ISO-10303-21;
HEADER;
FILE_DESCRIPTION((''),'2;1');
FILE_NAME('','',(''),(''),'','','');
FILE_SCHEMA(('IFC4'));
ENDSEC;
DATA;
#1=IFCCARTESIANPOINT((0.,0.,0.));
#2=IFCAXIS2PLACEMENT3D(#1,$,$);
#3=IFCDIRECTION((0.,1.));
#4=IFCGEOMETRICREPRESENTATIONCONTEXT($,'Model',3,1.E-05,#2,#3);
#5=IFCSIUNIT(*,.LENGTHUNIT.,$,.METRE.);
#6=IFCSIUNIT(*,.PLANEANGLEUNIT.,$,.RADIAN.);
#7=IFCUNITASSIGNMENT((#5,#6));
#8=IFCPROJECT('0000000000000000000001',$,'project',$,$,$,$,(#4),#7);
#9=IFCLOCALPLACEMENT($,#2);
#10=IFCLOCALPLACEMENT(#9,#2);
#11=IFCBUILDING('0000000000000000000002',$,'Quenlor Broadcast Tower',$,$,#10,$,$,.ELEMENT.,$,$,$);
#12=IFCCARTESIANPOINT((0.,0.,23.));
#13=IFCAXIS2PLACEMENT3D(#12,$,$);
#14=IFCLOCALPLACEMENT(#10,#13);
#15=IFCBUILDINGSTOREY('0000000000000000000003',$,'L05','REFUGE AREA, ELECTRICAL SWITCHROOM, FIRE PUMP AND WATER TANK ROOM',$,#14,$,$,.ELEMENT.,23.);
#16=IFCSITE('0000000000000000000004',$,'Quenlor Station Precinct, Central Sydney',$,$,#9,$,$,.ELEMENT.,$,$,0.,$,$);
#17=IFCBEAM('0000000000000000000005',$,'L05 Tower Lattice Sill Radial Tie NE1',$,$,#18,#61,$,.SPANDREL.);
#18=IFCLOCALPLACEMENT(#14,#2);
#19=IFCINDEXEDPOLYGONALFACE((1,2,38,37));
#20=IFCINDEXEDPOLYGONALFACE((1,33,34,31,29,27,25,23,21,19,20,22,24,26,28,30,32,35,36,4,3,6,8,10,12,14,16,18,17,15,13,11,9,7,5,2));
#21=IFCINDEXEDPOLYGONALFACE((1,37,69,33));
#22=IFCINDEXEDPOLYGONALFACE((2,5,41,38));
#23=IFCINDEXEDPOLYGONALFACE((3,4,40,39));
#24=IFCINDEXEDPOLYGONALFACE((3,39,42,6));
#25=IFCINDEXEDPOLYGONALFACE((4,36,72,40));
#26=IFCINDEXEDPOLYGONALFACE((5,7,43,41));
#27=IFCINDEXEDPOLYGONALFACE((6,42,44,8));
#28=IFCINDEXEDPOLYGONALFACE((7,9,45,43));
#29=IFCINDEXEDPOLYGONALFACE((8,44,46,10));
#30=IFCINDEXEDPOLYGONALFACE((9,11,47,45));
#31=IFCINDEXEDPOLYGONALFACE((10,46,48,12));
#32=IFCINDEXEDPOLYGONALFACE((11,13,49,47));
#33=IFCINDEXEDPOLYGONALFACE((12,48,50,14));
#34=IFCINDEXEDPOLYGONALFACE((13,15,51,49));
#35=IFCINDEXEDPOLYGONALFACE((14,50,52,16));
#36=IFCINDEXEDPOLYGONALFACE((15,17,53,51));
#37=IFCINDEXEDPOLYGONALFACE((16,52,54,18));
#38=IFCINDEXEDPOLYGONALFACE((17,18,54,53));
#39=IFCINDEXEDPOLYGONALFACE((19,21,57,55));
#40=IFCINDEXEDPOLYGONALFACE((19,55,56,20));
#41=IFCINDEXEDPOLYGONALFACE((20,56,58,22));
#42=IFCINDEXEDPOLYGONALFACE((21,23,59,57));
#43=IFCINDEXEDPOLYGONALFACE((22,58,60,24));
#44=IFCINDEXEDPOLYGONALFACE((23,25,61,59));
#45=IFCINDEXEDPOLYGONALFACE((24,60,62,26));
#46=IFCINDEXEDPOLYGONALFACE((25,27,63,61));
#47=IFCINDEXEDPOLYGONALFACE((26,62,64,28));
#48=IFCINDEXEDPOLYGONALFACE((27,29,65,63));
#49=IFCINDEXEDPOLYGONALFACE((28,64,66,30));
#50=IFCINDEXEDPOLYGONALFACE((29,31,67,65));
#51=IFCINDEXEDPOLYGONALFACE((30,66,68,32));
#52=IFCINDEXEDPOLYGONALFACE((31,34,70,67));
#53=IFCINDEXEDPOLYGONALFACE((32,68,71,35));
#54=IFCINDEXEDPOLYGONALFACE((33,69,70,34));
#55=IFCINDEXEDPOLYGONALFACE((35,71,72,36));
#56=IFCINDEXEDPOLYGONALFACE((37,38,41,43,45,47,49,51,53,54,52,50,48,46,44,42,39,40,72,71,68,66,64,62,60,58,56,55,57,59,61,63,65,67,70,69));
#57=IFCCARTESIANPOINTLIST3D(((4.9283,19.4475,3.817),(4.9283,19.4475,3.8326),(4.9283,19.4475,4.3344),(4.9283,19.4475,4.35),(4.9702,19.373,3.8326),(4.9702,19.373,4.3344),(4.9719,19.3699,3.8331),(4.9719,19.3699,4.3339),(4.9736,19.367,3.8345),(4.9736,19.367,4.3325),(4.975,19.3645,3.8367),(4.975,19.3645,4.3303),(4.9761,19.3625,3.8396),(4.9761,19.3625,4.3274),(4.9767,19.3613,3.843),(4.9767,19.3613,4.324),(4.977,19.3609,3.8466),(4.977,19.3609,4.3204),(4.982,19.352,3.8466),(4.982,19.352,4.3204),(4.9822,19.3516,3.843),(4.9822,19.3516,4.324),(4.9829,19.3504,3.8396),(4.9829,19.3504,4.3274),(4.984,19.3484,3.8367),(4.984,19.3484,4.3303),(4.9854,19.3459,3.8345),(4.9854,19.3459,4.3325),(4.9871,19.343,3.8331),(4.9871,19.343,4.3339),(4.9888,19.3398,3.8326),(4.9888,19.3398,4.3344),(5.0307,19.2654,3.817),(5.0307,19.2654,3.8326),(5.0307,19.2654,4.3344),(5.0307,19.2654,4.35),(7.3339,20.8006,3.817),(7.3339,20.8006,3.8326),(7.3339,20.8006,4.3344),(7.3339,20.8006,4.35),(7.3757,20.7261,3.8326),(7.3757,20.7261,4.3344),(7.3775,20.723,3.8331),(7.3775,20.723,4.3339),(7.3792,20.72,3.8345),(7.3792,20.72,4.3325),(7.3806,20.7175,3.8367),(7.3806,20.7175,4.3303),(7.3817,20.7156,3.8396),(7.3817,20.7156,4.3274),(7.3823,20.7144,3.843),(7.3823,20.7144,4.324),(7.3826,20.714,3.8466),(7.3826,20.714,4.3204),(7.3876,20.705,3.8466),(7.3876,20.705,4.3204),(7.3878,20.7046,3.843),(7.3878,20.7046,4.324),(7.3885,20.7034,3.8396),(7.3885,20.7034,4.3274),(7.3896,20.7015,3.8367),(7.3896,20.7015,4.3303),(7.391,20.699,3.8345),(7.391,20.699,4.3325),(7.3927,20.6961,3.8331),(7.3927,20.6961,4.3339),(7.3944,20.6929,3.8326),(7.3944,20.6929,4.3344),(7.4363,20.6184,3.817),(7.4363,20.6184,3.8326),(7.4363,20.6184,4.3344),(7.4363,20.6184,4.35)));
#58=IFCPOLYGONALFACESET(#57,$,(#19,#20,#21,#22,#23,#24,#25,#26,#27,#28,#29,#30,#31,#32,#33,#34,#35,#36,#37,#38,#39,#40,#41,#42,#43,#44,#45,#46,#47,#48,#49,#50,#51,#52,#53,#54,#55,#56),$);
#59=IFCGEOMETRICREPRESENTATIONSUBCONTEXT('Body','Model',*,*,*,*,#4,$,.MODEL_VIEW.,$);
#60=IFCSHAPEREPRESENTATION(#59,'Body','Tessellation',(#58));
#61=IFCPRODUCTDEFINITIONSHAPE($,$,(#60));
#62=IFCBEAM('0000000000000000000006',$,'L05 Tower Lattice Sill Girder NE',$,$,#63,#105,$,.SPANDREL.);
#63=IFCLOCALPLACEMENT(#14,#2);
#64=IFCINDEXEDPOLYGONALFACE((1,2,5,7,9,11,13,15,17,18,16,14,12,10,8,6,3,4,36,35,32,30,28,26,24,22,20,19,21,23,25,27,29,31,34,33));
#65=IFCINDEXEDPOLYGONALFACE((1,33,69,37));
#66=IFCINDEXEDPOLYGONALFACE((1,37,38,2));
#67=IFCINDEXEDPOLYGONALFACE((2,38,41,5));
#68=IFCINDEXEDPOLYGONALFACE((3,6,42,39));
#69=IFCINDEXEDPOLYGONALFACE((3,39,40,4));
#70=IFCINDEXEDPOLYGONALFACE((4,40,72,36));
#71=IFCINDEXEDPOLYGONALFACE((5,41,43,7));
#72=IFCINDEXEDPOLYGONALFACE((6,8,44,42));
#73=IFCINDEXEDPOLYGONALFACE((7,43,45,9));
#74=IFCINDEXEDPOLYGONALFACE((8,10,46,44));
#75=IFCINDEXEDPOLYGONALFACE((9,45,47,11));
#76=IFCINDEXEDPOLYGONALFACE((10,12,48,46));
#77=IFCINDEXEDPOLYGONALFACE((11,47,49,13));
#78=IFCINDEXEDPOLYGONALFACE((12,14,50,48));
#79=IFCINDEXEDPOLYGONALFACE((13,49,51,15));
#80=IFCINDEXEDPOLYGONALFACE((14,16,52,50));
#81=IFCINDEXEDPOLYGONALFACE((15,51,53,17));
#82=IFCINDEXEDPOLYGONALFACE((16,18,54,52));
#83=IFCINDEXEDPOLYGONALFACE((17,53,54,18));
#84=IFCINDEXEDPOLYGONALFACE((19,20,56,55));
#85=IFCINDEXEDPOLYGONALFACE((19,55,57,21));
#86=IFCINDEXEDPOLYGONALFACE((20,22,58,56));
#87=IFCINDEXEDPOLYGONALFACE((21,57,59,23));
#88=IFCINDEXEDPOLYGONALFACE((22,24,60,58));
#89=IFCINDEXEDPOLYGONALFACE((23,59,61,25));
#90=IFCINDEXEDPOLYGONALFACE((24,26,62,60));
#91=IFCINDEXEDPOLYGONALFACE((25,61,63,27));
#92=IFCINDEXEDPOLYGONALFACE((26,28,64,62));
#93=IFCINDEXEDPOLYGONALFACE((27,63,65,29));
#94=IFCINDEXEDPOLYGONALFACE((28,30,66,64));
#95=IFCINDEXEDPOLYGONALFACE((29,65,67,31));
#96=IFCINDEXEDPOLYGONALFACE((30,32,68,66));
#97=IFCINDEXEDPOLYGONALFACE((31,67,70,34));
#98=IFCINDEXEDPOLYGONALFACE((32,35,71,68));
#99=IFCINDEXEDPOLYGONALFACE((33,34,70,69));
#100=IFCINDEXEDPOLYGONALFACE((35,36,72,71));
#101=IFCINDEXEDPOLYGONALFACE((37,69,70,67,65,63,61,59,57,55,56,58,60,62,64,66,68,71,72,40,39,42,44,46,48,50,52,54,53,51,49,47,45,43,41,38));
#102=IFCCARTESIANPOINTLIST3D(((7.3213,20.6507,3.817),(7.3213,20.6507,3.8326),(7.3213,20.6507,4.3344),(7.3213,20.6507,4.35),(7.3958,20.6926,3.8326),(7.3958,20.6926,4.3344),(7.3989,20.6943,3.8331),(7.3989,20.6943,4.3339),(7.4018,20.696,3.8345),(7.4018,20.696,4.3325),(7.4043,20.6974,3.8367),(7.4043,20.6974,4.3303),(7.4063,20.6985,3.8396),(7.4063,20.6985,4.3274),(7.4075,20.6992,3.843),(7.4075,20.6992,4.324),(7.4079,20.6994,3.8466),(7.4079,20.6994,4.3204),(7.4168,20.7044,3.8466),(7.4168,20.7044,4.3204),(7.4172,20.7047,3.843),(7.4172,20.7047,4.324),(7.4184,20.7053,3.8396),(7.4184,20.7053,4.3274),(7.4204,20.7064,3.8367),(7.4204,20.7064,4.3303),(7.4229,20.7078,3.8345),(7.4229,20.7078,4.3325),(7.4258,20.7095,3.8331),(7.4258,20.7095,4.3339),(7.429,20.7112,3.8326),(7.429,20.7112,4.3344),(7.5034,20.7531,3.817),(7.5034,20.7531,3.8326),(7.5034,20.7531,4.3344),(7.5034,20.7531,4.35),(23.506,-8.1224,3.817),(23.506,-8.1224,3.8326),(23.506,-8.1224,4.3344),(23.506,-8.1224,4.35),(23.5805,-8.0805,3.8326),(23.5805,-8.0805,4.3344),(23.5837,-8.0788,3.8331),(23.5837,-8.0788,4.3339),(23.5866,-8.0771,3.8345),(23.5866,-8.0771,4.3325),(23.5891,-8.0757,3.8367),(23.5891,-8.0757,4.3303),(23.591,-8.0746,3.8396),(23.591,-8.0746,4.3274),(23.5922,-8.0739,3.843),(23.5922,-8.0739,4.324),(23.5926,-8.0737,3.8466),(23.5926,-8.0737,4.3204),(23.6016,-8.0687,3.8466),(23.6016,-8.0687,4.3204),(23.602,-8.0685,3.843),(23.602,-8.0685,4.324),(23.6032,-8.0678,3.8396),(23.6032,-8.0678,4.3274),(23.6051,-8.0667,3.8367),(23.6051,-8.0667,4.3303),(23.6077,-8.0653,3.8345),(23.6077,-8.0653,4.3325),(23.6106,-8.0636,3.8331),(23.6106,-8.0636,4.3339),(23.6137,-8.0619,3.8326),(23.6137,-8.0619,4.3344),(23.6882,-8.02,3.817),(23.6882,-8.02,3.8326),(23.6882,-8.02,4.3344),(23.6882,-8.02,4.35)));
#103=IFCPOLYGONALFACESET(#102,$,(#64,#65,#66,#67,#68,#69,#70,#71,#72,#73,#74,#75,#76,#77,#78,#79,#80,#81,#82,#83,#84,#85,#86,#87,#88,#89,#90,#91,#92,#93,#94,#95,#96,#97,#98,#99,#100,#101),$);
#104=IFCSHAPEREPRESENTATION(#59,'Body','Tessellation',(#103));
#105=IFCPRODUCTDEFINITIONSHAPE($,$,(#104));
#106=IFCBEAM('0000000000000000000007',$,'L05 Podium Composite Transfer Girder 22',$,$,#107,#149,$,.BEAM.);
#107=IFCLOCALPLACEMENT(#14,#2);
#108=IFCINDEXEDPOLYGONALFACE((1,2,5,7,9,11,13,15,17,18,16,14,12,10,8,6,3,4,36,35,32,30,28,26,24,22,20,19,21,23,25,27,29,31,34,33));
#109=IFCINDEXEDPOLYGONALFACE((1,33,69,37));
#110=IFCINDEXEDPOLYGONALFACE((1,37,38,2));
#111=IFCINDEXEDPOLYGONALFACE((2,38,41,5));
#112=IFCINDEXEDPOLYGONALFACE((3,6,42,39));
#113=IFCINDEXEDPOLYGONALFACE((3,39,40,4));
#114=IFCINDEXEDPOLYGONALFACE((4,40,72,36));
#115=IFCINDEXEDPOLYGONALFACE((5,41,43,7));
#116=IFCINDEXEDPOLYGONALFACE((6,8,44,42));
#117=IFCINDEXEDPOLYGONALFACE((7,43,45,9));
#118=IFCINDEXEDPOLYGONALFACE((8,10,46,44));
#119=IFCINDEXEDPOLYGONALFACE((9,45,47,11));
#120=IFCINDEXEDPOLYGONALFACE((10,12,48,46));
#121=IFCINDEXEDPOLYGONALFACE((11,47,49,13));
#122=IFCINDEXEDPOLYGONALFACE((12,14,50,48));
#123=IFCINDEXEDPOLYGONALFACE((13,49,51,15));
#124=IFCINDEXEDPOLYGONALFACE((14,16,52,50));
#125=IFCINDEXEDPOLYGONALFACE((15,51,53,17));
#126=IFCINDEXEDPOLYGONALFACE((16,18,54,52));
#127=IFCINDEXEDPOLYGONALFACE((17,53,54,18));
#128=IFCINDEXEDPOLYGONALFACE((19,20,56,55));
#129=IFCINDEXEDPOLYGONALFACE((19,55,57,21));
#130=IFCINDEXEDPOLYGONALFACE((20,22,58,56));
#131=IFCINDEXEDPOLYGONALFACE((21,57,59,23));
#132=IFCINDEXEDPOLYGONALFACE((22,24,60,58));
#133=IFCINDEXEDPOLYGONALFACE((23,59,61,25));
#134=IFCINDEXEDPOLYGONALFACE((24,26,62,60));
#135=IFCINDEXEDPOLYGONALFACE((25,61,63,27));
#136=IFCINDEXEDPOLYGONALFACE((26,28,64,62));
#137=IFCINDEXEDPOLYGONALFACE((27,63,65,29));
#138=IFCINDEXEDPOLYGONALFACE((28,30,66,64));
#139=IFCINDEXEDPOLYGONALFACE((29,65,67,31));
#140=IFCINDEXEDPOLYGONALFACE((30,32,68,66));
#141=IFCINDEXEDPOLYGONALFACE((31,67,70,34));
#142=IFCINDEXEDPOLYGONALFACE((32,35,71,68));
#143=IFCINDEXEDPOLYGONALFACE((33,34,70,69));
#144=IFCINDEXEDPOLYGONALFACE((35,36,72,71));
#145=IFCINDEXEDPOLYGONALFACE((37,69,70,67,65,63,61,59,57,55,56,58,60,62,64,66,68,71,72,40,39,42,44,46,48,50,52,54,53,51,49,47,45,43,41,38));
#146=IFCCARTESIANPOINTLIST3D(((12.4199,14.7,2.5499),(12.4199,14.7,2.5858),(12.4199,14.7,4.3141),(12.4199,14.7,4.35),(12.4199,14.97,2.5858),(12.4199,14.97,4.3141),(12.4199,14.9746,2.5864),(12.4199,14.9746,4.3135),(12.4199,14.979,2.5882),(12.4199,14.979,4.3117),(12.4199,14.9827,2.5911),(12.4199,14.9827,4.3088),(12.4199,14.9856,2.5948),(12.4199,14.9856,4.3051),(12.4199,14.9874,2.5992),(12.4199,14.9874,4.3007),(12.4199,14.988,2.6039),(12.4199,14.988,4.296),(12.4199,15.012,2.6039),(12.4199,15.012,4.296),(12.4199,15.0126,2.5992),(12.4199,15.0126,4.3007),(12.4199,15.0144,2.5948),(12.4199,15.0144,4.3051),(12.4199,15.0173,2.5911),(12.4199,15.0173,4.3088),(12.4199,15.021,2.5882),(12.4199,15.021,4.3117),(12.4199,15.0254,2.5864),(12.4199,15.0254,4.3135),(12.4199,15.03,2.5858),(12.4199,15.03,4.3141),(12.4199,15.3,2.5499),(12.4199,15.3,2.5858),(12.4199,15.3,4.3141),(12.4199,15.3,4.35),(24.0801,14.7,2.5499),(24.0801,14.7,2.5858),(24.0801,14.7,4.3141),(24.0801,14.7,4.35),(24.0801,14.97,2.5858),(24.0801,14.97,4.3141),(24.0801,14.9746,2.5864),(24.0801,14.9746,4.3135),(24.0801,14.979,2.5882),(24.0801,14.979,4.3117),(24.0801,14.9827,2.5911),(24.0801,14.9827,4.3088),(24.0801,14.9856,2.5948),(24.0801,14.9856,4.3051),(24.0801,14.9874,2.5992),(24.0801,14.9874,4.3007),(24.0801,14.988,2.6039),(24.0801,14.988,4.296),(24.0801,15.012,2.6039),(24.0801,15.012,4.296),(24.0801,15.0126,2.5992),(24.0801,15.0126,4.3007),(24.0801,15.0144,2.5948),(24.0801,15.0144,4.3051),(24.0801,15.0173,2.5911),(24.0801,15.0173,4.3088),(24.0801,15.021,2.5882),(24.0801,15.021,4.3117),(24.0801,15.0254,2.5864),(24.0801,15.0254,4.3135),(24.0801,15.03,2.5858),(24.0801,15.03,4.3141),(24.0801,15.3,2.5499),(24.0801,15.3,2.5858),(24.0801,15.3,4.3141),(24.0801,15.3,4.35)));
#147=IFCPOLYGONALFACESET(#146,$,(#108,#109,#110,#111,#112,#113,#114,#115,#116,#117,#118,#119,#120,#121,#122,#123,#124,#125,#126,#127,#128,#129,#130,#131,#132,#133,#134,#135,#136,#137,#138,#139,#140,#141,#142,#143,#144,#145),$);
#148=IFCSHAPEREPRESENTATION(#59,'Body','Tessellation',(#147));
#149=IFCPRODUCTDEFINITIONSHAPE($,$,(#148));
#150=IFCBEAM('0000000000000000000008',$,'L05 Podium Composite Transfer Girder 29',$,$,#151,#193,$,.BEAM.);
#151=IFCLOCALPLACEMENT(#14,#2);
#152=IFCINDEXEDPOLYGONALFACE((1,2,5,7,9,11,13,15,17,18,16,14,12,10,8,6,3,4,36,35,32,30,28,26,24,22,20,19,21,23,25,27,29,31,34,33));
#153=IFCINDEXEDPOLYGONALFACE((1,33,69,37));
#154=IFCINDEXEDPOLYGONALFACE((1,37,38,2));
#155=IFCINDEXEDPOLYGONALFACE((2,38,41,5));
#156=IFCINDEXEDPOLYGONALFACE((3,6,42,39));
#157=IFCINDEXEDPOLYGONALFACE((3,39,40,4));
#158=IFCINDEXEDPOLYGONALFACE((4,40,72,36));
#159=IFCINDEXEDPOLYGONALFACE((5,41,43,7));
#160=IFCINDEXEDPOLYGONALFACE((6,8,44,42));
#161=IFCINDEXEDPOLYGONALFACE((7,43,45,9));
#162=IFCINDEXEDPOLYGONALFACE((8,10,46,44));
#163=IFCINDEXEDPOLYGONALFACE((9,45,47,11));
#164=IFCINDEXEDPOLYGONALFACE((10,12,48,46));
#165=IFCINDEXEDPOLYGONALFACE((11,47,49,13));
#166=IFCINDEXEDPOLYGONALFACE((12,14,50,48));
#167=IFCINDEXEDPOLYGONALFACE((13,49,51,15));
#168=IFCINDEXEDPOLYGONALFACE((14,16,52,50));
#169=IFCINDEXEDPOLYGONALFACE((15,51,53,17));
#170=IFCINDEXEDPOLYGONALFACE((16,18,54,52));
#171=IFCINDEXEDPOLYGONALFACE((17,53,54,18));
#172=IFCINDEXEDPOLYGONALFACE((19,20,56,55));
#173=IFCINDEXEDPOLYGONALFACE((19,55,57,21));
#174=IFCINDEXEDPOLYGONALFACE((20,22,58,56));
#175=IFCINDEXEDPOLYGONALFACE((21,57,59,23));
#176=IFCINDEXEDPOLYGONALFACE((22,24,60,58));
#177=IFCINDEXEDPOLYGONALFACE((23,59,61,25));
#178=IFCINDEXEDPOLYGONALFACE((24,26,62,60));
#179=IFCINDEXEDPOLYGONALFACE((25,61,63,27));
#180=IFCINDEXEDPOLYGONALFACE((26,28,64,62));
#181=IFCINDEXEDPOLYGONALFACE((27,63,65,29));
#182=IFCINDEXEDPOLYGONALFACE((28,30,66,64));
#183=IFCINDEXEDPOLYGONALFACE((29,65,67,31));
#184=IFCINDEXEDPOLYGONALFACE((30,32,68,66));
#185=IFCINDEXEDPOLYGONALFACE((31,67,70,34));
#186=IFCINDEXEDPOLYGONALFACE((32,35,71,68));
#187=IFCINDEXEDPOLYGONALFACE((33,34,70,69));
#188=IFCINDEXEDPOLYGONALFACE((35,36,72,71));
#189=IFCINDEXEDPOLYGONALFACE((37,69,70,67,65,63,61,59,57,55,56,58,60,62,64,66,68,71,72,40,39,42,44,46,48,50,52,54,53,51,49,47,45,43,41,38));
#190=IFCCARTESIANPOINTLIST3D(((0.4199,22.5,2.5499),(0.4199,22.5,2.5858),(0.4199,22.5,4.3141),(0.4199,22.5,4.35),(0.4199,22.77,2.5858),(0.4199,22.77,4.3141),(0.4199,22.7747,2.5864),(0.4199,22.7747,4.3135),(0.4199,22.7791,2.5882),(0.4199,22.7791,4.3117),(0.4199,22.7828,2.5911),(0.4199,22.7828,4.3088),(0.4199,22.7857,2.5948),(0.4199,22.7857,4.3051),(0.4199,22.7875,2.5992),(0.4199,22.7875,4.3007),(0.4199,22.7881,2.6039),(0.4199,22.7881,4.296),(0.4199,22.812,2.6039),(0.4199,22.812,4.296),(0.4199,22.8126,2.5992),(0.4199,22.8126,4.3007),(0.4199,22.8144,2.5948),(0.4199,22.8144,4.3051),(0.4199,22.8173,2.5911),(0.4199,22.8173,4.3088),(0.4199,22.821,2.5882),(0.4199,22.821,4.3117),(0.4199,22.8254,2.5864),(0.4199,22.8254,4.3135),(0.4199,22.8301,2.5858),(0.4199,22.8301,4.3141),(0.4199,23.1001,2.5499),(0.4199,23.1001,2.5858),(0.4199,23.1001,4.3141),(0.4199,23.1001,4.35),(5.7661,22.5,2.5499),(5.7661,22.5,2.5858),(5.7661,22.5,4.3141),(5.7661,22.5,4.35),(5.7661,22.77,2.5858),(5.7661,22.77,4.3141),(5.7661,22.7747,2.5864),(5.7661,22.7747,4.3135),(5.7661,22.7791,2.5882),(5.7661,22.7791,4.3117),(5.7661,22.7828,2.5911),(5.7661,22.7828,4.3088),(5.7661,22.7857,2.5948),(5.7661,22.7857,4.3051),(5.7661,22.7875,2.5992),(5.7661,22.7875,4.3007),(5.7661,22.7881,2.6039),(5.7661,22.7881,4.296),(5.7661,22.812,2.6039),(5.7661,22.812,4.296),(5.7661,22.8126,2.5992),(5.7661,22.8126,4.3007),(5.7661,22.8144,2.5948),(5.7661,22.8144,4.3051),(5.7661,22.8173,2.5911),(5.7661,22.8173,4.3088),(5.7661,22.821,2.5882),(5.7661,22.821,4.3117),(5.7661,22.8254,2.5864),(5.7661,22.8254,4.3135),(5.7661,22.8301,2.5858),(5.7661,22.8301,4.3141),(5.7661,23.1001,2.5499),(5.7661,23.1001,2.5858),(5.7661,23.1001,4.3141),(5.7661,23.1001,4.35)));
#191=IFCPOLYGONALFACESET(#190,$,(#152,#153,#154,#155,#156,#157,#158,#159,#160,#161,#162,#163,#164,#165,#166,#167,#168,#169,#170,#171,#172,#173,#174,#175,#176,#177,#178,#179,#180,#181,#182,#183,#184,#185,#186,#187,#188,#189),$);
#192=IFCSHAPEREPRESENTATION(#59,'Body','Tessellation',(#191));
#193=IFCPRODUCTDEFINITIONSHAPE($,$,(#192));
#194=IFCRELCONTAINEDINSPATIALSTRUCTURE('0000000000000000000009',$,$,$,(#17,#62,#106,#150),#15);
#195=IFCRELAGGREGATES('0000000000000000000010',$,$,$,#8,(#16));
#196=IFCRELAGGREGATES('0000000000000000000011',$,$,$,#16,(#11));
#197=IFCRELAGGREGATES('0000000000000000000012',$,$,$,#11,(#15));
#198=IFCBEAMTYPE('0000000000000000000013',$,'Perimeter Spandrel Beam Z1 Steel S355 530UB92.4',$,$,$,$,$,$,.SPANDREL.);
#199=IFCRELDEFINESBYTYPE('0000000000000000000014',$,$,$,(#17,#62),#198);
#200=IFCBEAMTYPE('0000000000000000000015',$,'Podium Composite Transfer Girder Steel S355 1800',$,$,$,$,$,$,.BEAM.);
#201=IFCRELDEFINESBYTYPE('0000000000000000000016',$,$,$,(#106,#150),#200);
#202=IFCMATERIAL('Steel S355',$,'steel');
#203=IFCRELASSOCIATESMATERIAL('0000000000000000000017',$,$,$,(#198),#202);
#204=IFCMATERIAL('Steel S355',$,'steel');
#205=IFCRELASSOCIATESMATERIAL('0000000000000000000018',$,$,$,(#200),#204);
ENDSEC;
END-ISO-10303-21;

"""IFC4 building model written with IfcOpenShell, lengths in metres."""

from ifc_helpers import new_model, si_unit, direction, frame, origin, origin_2d, place, context, subcontext, project, spatial, i_section, extrude, material, material_profile, profile_set, type_object, element, save


model = new_model("IFC4")

# Units and contexts
model_context = context("Model", 3, precision=1e-05, world=origin(), true_north=direction((0.0, 1.0)))
body_context = subcontext(model_context, "Body", "Model", "MODEL_VIEW")
ifc_project = project(units=[si_unit("LENGTHUNIT", "METRE"), si_unit("PLANEANGLEUNIT", "RADIAN")], contexts=[model_context])

# Site, building, storey
site_placement = place(None, origin())
site = spatial("IfcSite", under=ifc_project, at=site_placement, Name="Quenlor Station Precinct, Central Sydney", CompositionType="ELEMENT", RefElevation=0.0)
building_placement = place(site_placement, origin())
building = spatial("IfcBuilding", under=site, at=building_placement, Name="Quenlor Broadcast Tower", CompositionType="ELEMENT")
storey_placement = place(building_placement, frame((0.0, 0.0, 23.0)))
storey = spatial("IfcBuildingStorey", under=building, at=storey_placement, Name="L05", Description="REFUGE AREA, ELECTRICAL SWITCHROOM, FIRE PUMP AND WATER TANK ROOM", CompositionType="ELEMENT", Elevation=23.0)

# Beams
ifc_material_1 = material(Name="Steel S355", Category="steel")
ifc_material_profile_1 = material_profile(ifc_material_1, i_section(OverallWidth=0.209, OverallDepth=0.533, WebThickness=0.0103, FlangeThickness=0.0156, FilletRadius=0.0139, at=origin_2d()))
ifc_profile_set_1 = profile_set([ifc_material_profile_1], Name="Steel S355 530UB92.4")
beam_type_1 = type_object("IfcBeamType", Name="Perimeter Spandrel Beam Z1 Steel S355 530UB92.4", PredefinedType="SPANDREL", material=ifc_profile_set_1)
beam_1_placement = place(storey_placement, frame((4.9795, 19.3564, 4.0835), z_axis=(0.871587, 0.49024, 0.0), x_axis=(-0.49024, 0.871587, 0.0)))
element("IfcBeam", 1, at=beam_1_placement, inside=storey, type_object=beam_type_1, Name="L05 Tower Lattice Sill Radial Tie NE1", PredefinedType="SPANDREL", context=body_context, shape_type="SweptSolid", body=[
    extrude(i_section(OverallWidth=0.209, OverallDepth=0.533, WebThickness=0.0103, FlangeThickness=0.0156, FilletRadius=0.0139, at=origin_2d()), origin(), (0.0, 0.0, 1.0), 2.76),
])
beam_2_placement = place(storey_placement, frame((7.4124, 20.7019, 4.0835), z_axis=(0.490259, -0.871577, 0.0), x_axis=(0.871577, 0.490259, 0.0)))
element("IfcBeam", 2, at=beam_2_placement, inside=storey, type_object=beam_type_1, Name="L05 Tower Lattice Sill Girder NE", PredefinedType="SPANDREL", context=body_context, shape_type="SweptSolid", body=[
    extrude(i_section(OverallWidth=0.209, OverallDepth=0.533, WebThickness=0.0103, FlangeThickness=0.0156, FilletRadius=0.0139, at=origin_2d()), origin(), (0.0, 0.0, 1.0), 33.0127),
])
ifc_material_2 = material(Name="Steel S355", Category="steel")
ifc_material_profile_2 = material_profile(ifc_material_2, i_section(OverallWidth=0.6001, OverallDepth=1.8, WebThickness=0.0239, FlangeThickness=0.0359, FilletRadius=0.0181, at=origin_2d()))
ifc_profile_set_2 = profile_set([ifc_material_profile_2], Name="Steel S355 1800TG620")
beam_type_2 = type_object("IfcBeamType", Name="Podium Composite Transfer Girder Steel S355 1800", PredefinedType="BEAM", material=ifc_profile_set_2)
beam_3_placement = place(storey_placement, frame((12.4199, 15.0, 3.45), z_axis=(1.0, 0.0, 0.0), x_axis=(0.0, 1.0, 0.0)))
element("IfcBeam", 3, at=beam_3_placement, inside=storey, type_object=beam_type_2, Name="L05 Podium Composite Transfer Girder 22", PredefinedType="BEAM", context=body_context, shape_type="SweptSolid", body=[
    extrude(i_section(OverallWidth=0.6001, OverallDepth=1.8, WebThickness=0.0239, FlangeThickness=0.0359, FilletRadius=0.0181, at=origin_2d()), origin(), (0.0, 0.0, 1.0), 11.6602),
])
for number, where, z_axis, x_axis, name in (
    (4, (0.4199, 22.8, 3.45), (1.0, 0.0, 0.0), (0.0, 1.0, 0.0), "L05 Podium Composite Transfer Girder 29"),
):
    element("IfcBeam", number, at=place(storey_placement, frame(where, z_axis=z_axis, x_axis=x_axis)), inside=storey, type_object=beam_type_2, Name=name, PredefinedType="BEAM", context=body_context, shape_type="SweptSolid", body=[
        extrude(i_section(OverallWidth=0.6001, OverallDepth=1.8, WebThickness=0.0239, FlangeThickness=0.0359, FilletRadius=0.0181, at=origin_2d()), origin(), (0.0, 0.0, 1.0), 5.3462),
    ])

save(model, "model.ifc")
